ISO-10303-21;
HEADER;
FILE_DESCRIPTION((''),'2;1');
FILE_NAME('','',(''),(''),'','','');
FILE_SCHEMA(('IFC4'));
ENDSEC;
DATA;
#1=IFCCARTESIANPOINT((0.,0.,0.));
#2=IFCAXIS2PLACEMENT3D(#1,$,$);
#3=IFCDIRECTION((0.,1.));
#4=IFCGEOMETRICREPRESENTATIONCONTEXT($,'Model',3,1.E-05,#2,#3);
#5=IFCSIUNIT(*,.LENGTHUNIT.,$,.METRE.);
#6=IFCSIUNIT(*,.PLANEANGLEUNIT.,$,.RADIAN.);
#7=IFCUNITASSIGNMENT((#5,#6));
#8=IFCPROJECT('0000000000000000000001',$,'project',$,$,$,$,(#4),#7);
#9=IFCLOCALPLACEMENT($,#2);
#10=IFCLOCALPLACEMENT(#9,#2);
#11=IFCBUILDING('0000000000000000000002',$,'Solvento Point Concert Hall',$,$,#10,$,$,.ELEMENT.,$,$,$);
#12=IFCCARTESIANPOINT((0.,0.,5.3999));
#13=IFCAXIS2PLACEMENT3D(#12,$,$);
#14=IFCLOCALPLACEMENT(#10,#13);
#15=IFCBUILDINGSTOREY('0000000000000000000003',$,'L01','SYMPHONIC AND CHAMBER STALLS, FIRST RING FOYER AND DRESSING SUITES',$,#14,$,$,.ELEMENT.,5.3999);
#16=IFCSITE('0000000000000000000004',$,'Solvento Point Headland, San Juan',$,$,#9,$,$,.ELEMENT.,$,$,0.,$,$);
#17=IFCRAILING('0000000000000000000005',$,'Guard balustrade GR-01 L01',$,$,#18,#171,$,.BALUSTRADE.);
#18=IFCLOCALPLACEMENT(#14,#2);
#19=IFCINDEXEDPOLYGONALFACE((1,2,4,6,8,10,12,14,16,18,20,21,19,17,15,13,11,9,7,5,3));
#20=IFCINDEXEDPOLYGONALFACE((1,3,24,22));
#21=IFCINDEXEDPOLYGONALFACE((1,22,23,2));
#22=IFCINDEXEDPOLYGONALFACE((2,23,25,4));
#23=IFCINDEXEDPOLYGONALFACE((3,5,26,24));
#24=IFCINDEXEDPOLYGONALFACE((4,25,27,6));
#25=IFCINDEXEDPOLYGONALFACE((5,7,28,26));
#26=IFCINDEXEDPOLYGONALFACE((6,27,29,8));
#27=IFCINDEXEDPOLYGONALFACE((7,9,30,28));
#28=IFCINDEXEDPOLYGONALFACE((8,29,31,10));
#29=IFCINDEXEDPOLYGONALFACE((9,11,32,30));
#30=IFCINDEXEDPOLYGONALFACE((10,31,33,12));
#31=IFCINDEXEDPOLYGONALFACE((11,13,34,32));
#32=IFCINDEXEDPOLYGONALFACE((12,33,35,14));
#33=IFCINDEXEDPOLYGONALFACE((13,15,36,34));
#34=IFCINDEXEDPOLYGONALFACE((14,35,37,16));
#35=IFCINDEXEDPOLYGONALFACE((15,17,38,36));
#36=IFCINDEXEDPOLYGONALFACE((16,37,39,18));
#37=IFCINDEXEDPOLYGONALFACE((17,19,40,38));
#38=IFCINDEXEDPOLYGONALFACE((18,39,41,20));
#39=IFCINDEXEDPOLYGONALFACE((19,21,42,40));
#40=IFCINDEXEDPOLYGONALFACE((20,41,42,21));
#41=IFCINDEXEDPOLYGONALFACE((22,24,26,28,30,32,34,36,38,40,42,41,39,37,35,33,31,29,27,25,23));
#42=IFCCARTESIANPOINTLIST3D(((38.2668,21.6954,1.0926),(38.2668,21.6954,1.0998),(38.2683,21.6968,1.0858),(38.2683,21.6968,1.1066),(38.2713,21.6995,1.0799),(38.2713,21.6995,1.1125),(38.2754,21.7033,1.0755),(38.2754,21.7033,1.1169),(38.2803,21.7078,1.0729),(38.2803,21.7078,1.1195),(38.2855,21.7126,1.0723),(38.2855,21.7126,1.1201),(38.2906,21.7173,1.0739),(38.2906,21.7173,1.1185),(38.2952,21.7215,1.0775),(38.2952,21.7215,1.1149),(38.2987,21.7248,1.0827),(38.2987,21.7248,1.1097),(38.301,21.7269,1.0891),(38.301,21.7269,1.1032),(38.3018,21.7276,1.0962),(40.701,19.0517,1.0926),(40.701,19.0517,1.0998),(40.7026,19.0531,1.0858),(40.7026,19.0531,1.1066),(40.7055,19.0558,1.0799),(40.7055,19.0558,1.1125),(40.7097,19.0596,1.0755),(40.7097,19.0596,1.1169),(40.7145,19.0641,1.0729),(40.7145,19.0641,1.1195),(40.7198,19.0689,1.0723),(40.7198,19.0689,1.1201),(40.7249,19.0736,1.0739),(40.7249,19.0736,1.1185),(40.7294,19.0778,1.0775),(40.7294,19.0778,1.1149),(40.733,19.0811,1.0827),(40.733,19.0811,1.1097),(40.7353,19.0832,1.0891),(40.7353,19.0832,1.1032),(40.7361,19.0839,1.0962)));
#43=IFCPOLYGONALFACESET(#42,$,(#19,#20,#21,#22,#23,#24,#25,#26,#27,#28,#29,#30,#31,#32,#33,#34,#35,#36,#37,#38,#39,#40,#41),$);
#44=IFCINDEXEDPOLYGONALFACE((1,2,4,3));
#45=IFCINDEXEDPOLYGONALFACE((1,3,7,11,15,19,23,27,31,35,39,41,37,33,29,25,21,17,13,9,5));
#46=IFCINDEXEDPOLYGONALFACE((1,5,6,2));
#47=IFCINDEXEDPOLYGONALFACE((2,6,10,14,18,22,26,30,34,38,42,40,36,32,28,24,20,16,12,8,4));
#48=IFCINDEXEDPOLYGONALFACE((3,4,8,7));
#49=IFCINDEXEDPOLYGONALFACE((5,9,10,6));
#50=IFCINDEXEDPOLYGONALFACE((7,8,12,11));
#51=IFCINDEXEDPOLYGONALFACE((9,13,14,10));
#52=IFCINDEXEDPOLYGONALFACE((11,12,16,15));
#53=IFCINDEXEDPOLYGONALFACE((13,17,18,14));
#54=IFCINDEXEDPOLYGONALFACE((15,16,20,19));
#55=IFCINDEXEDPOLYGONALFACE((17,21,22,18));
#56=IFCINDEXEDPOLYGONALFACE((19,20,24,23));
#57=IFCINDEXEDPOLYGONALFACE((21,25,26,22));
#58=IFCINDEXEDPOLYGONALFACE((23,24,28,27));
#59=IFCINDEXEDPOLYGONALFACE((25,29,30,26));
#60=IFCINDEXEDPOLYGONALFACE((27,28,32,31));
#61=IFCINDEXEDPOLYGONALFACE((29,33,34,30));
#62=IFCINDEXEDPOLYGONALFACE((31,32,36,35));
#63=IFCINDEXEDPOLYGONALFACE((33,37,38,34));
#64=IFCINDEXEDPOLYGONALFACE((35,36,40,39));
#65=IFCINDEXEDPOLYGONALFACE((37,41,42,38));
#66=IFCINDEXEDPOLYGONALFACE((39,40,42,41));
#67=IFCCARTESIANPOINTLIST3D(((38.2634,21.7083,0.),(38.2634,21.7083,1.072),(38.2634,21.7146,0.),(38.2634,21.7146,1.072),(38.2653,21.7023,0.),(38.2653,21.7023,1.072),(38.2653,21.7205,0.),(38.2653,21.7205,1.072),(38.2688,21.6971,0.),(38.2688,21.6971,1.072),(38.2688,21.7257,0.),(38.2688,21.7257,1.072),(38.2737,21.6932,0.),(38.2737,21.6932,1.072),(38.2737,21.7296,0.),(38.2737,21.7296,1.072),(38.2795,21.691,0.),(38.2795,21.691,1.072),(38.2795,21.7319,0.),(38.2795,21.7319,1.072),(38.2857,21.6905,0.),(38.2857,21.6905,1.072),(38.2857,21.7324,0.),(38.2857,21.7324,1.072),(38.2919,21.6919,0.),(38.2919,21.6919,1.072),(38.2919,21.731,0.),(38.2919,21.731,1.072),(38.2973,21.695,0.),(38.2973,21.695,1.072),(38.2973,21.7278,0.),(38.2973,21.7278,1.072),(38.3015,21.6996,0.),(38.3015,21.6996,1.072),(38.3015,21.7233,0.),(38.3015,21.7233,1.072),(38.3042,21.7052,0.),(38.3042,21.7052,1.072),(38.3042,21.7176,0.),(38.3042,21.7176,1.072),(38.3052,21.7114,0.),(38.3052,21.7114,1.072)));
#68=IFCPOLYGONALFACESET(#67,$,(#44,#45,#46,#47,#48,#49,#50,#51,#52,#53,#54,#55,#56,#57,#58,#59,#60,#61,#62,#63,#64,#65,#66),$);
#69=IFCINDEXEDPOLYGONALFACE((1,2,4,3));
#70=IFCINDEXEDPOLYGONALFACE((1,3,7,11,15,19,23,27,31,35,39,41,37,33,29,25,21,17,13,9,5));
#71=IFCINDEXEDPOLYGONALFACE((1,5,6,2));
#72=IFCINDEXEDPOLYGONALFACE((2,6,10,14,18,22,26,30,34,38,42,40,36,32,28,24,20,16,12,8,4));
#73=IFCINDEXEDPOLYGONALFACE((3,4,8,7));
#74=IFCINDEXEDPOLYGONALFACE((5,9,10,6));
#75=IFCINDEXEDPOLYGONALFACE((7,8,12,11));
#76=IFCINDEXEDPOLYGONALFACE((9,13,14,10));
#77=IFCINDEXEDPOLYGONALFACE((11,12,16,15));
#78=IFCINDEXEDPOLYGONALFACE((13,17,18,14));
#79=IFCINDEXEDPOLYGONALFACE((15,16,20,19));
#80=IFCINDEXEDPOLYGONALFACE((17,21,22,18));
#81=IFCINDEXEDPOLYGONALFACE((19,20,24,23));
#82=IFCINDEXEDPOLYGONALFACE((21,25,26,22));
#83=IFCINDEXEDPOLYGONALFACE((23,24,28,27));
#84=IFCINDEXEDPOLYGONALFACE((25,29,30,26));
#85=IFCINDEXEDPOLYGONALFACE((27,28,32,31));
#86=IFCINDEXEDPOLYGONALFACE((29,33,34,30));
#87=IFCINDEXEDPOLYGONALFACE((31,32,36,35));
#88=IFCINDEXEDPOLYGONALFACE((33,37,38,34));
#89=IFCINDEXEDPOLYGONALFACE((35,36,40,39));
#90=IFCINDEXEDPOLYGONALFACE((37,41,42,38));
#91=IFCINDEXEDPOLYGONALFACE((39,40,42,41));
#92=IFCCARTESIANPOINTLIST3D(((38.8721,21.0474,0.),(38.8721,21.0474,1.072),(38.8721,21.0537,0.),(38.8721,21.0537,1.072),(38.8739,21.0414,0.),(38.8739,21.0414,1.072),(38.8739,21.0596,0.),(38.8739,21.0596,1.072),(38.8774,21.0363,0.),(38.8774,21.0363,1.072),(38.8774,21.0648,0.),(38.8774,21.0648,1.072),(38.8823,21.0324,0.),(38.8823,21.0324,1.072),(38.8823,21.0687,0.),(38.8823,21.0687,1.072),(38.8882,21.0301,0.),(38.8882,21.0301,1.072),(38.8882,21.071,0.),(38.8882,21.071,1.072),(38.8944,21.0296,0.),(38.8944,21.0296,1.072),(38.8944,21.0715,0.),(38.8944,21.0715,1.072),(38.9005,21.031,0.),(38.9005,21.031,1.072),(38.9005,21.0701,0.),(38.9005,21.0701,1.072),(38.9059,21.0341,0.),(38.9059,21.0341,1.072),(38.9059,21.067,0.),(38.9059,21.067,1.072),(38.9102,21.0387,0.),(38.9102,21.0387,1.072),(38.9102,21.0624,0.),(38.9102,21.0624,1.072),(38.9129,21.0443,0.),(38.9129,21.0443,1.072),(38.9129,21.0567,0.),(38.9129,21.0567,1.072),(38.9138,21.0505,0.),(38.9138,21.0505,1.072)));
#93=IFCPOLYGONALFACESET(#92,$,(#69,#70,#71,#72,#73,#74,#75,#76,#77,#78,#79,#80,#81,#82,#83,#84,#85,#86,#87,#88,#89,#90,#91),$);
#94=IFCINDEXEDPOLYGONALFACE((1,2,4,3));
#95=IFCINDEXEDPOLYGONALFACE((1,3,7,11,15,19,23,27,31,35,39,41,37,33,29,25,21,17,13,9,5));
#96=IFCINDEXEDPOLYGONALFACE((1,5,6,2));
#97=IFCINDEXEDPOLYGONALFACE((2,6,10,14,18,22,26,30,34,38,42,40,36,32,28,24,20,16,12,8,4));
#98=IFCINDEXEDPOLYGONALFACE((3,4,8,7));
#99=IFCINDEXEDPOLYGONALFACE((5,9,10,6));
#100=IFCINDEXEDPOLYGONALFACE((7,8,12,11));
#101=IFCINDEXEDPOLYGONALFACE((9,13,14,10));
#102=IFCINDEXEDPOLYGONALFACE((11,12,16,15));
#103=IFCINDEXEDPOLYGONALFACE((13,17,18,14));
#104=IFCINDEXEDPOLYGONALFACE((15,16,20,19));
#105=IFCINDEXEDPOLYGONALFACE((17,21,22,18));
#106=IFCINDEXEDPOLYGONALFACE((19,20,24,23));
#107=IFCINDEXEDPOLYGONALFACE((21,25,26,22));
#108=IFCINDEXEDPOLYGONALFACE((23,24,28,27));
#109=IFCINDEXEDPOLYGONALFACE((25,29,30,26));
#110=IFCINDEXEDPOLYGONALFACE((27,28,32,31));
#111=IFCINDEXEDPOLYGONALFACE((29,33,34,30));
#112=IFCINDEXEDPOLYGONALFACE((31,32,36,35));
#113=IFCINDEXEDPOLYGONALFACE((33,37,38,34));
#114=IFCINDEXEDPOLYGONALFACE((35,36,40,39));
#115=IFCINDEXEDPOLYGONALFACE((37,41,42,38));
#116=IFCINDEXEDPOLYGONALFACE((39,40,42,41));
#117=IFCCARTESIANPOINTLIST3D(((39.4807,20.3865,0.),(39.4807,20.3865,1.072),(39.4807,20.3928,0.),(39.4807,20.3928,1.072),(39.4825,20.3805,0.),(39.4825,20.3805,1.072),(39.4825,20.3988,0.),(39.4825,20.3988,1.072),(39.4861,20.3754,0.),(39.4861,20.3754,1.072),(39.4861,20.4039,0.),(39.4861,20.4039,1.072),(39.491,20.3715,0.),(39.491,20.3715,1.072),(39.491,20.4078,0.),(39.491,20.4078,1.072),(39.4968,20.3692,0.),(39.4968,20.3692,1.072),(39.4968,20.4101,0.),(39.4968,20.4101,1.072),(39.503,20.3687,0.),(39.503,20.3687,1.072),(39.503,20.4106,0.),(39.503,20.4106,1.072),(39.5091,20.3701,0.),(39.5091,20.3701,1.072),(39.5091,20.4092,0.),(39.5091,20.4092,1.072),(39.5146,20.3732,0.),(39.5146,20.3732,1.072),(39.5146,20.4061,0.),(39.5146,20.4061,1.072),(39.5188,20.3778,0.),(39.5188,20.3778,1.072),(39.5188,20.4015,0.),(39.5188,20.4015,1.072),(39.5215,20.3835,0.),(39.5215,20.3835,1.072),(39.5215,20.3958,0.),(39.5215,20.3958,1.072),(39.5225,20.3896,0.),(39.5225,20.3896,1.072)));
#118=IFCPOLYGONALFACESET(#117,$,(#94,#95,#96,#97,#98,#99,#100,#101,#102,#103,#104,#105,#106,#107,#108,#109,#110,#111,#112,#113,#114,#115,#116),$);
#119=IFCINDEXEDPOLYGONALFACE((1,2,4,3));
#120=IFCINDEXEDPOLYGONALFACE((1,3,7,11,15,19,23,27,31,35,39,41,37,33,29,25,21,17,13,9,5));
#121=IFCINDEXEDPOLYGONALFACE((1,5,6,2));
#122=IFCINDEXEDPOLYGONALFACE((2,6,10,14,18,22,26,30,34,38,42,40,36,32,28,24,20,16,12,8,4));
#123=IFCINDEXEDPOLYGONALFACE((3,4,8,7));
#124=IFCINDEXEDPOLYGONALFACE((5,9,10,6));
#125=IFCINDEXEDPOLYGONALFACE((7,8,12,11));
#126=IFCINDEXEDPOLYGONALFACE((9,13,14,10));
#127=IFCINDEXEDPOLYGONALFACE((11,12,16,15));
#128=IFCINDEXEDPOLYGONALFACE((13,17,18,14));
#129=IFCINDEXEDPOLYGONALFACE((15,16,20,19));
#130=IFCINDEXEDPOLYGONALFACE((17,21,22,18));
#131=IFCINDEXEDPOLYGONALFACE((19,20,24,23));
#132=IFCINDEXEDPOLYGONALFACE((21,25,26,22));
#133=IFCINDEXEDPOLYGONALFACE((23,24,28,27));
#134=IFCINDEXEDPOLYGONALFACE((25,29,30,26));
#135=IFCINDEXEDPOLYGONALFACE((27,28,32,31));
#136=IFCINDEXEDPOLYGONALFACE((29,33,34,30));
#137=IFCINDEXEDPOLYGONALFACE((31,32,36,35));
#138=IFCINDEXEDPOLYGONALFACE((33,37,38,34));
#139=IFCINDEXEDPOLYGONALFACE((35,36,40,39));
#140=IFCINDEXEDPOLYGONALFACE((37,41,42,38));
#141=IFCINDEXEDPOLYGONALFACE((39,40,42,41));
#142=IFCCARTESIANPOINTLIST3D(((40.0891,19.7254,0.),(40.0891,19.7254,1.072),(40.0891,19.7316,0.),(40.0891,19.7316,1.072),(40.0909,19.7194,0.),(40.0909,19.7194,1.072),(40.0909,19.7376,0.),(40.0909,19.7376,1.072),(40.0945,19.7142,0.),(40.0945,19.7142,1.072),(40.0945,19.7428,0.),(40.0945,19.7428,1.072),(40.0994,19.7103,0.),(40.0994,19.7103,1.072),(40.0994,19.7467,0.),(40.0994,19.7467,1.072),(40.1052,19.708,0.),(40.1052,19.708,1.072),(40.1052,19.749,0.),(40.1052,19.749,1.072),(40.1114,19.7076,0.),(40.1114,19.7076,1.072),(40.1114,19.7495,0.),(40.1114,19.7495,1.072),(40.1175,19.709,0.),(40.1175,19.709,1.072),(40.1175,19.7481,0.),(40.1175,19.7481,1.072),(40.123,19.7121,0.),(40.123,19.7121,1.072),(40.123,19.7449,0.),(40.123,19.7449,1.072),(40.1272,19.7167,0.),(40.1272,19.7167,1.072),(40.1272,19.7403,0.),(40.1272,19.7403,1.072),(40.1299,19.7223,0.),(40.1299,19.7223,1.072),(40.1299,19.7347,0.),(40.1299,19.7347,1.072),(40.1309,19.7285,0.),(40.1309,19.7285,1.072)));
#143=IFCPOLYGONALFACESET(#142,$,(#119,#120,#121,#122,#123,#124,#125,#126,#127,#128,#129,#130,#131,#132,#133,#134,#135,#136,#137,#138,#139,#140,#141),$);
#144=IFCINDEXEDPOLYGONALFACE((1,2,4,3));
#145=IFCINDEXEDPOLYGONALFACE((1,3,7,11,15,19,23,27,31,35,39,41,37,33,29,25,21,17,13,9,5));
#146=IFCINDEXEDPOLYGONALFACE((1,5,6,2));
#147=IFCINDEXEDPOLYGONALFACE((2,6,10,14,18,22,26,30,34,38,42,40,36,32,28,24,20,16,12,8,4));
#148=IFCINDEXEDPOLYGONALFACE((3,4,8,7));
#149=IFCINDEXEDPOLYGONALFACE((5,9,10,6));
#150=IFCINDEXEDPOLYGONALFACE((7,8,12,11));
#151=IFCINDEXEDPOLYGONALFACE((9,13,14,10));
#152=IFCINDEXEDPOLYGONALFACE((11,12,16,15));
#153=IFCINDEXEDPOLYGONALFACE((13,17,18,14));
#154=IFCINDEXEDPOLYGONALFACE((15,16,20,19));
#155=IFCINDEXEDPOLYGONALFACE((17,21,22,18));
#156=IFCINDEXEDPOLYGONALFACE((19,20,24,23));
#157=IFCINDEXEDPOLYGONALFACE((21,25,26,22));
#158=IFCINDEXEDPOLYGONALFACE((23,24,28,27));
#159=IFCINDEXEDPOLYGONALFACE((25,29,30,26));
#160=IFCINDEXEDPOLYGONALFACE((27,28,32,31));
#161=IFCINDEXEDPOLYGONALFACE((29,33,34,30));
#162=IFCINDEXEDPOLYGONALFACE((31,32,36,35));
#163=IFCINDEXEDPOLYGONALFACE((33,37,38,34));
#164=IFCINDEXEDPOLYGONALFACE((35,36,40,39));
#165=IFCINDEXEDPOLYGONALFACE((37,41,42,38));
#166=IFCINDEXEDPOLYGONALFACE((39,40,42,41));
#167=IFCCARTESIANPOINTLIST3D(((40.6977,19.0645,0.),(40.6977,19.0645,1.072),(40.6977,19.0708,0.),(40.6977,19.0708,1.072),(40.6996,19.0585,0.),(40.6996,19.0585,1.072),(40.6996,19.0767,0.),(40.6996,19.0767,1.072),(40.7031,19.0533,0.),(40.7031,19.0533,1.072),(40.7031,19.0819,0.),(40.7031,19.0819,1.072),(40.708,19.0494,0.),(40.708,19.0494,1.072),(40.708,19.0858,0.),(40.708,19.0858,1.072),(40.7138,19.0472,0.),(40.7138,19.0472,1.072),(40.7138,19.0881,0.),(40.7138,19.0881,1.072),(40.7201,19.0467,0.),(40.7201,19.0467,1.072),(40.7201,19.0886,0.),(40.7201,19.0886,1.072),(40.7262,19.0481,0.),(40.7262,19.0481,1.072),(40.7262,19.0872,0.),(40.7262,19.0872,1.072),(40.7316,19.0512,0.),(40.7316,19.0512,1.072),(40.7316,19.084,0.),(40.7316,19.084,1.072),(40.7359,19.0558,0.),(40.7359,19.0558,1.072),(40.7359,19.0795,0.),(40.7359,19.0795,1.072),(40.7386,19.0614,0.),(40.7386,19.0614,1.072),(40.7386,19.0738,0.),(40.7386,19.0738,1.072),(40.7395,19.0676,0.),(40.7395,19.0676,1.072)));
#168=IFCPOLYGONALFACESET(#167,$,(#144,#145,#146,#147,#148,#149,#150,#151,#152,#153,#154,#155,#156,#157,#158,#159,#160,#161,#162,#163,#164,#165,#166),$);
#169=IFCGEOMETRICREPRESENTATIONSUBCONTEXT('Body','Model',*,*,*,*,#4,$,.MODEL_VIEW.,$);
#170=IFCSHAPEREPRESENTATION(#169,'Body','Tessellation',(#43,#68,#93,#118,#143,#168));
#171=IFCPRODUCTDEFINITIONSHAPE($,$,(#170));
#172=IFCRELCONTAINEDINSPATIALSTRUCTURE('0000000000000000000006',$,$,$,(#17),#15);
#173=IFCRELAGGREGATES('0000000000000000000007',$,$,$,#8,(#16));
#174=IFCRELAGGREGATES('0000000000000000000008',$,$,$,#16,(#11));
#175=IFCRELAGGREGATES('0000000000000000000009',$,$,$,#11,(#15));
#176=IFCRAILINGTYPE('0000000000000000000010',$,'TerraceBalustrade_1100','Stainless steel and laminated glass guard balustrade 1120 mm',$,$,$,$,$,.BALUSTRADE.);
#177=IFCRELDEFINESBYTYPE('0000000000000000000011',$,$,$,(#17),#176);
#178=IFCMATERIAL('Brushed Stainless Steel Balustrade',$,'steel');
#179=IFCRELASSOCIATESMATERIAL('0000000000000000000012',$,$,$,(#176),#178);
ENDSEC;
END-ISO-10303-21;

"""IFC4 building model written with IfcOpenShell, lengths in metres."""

from ifc_helpers import new_model, si_unit, direction, frame, origin, origin_2d, place, context, subcontext, project, spatial, circle, extrude, material, type_object, element, save


model = new_model("IFC4")

# Units and contexts
model_context = context("Model", 3, precision=1e-05, world=origin(), true_north=direction((0.0, 1.0)))
body_context = subcontext(model_context, "Body", "Model", "MODEL_VIEW")
ifc_project = project(units=[si_unit("LENGTHUNIT", "METRE"), si_unit("PLANEANGLEUNIT", "RADIAN")], contexts=[model_context])

# Site, building, storey
site_placement = place(None, origin())
site = spatial("IfcSite", under=ifc_project, at=site_placement, Name="Solvento Point Headland, San Juan", CompositionType="ELEMENT", RefElevation=0.0)
building_placement = place(site_placement, origin())
building = spatial("IfcBuilding", under=site, at=building_placement, Name="Solvento Point Concert Hall", CompositionType="ELEMENT")
storey_placement = place(building_placement, frame((0.0, 0.0, 5.3999)))
storey = spatial("IfcBuildingStorey", under=building, at=storey_placement, Name="L01", Description="SYMPHONIC AND CHAMBER STALLS, FIRST RING FOYER AND DRESSING SUITES", CompositionType="ELEMENT", Elevation=5.3999)

# Railing
ifc_material_1 = material(Name="Brushed Stainless Steel Balustrade", Category="steel")
railing_type = type_object("IfcRailingType", Name="TerraceBalustrade_1100", Description="Stainless steel and laminated glass guard balustrade 1120 mm", PredefinedType="BALUSTRADE", material=ifc_material_1)
railing_1_placement = place(storey_placement, frame((38.2842, 21.7114, 0.0)))
element("IfcRailing", 1, at=railing_1_placement, inside=storey, type_object=railing_type, Name="Guard balustrade GR-01 L01", PredefinedType="BALUSTRADE", context=body_context, shape_type="SweptSolid", body=[
    extrude(circle(Radius=0.0239, at=origin_2d()), frame((0.0, 0.0, 1.0962), z_axis=(0.677363, -0.735649, 0.0), x_axis=(0.735649, 0.677363, 0.0)), (0.0, 0.0, 1.0), 3.5938),
    extrude(circle(Radius=0.021, at=origin_2d()), origin(), (0.0, 0.0, 1.0), 1.072),
    extrude(circle(Radius=0.021, at=origin_2d()), frame((0.6086, -0.6609, 0.0)), (0.0, 0.0, 1.0), 1.072),
    extrude(circle(Radius=0.021, at=origin_2d()), frame((1.2173, -1.3218, 0.0)), (0.0, 0.0, 1.0), 1.072),
    extrude(circle(Radius=0.021, at=origin_2d()), frame((1.8257, -1.9829, 0.0)), (0.0, 0.0, 1.0), 1.072),
    extrude(circle(Radius=0.021, at=origin_2d()), frame((2.4343, -2.6438, 0.0)), (0.0, 0.0, 1.0), 1.072),
])

save(model, "model.ifc")
